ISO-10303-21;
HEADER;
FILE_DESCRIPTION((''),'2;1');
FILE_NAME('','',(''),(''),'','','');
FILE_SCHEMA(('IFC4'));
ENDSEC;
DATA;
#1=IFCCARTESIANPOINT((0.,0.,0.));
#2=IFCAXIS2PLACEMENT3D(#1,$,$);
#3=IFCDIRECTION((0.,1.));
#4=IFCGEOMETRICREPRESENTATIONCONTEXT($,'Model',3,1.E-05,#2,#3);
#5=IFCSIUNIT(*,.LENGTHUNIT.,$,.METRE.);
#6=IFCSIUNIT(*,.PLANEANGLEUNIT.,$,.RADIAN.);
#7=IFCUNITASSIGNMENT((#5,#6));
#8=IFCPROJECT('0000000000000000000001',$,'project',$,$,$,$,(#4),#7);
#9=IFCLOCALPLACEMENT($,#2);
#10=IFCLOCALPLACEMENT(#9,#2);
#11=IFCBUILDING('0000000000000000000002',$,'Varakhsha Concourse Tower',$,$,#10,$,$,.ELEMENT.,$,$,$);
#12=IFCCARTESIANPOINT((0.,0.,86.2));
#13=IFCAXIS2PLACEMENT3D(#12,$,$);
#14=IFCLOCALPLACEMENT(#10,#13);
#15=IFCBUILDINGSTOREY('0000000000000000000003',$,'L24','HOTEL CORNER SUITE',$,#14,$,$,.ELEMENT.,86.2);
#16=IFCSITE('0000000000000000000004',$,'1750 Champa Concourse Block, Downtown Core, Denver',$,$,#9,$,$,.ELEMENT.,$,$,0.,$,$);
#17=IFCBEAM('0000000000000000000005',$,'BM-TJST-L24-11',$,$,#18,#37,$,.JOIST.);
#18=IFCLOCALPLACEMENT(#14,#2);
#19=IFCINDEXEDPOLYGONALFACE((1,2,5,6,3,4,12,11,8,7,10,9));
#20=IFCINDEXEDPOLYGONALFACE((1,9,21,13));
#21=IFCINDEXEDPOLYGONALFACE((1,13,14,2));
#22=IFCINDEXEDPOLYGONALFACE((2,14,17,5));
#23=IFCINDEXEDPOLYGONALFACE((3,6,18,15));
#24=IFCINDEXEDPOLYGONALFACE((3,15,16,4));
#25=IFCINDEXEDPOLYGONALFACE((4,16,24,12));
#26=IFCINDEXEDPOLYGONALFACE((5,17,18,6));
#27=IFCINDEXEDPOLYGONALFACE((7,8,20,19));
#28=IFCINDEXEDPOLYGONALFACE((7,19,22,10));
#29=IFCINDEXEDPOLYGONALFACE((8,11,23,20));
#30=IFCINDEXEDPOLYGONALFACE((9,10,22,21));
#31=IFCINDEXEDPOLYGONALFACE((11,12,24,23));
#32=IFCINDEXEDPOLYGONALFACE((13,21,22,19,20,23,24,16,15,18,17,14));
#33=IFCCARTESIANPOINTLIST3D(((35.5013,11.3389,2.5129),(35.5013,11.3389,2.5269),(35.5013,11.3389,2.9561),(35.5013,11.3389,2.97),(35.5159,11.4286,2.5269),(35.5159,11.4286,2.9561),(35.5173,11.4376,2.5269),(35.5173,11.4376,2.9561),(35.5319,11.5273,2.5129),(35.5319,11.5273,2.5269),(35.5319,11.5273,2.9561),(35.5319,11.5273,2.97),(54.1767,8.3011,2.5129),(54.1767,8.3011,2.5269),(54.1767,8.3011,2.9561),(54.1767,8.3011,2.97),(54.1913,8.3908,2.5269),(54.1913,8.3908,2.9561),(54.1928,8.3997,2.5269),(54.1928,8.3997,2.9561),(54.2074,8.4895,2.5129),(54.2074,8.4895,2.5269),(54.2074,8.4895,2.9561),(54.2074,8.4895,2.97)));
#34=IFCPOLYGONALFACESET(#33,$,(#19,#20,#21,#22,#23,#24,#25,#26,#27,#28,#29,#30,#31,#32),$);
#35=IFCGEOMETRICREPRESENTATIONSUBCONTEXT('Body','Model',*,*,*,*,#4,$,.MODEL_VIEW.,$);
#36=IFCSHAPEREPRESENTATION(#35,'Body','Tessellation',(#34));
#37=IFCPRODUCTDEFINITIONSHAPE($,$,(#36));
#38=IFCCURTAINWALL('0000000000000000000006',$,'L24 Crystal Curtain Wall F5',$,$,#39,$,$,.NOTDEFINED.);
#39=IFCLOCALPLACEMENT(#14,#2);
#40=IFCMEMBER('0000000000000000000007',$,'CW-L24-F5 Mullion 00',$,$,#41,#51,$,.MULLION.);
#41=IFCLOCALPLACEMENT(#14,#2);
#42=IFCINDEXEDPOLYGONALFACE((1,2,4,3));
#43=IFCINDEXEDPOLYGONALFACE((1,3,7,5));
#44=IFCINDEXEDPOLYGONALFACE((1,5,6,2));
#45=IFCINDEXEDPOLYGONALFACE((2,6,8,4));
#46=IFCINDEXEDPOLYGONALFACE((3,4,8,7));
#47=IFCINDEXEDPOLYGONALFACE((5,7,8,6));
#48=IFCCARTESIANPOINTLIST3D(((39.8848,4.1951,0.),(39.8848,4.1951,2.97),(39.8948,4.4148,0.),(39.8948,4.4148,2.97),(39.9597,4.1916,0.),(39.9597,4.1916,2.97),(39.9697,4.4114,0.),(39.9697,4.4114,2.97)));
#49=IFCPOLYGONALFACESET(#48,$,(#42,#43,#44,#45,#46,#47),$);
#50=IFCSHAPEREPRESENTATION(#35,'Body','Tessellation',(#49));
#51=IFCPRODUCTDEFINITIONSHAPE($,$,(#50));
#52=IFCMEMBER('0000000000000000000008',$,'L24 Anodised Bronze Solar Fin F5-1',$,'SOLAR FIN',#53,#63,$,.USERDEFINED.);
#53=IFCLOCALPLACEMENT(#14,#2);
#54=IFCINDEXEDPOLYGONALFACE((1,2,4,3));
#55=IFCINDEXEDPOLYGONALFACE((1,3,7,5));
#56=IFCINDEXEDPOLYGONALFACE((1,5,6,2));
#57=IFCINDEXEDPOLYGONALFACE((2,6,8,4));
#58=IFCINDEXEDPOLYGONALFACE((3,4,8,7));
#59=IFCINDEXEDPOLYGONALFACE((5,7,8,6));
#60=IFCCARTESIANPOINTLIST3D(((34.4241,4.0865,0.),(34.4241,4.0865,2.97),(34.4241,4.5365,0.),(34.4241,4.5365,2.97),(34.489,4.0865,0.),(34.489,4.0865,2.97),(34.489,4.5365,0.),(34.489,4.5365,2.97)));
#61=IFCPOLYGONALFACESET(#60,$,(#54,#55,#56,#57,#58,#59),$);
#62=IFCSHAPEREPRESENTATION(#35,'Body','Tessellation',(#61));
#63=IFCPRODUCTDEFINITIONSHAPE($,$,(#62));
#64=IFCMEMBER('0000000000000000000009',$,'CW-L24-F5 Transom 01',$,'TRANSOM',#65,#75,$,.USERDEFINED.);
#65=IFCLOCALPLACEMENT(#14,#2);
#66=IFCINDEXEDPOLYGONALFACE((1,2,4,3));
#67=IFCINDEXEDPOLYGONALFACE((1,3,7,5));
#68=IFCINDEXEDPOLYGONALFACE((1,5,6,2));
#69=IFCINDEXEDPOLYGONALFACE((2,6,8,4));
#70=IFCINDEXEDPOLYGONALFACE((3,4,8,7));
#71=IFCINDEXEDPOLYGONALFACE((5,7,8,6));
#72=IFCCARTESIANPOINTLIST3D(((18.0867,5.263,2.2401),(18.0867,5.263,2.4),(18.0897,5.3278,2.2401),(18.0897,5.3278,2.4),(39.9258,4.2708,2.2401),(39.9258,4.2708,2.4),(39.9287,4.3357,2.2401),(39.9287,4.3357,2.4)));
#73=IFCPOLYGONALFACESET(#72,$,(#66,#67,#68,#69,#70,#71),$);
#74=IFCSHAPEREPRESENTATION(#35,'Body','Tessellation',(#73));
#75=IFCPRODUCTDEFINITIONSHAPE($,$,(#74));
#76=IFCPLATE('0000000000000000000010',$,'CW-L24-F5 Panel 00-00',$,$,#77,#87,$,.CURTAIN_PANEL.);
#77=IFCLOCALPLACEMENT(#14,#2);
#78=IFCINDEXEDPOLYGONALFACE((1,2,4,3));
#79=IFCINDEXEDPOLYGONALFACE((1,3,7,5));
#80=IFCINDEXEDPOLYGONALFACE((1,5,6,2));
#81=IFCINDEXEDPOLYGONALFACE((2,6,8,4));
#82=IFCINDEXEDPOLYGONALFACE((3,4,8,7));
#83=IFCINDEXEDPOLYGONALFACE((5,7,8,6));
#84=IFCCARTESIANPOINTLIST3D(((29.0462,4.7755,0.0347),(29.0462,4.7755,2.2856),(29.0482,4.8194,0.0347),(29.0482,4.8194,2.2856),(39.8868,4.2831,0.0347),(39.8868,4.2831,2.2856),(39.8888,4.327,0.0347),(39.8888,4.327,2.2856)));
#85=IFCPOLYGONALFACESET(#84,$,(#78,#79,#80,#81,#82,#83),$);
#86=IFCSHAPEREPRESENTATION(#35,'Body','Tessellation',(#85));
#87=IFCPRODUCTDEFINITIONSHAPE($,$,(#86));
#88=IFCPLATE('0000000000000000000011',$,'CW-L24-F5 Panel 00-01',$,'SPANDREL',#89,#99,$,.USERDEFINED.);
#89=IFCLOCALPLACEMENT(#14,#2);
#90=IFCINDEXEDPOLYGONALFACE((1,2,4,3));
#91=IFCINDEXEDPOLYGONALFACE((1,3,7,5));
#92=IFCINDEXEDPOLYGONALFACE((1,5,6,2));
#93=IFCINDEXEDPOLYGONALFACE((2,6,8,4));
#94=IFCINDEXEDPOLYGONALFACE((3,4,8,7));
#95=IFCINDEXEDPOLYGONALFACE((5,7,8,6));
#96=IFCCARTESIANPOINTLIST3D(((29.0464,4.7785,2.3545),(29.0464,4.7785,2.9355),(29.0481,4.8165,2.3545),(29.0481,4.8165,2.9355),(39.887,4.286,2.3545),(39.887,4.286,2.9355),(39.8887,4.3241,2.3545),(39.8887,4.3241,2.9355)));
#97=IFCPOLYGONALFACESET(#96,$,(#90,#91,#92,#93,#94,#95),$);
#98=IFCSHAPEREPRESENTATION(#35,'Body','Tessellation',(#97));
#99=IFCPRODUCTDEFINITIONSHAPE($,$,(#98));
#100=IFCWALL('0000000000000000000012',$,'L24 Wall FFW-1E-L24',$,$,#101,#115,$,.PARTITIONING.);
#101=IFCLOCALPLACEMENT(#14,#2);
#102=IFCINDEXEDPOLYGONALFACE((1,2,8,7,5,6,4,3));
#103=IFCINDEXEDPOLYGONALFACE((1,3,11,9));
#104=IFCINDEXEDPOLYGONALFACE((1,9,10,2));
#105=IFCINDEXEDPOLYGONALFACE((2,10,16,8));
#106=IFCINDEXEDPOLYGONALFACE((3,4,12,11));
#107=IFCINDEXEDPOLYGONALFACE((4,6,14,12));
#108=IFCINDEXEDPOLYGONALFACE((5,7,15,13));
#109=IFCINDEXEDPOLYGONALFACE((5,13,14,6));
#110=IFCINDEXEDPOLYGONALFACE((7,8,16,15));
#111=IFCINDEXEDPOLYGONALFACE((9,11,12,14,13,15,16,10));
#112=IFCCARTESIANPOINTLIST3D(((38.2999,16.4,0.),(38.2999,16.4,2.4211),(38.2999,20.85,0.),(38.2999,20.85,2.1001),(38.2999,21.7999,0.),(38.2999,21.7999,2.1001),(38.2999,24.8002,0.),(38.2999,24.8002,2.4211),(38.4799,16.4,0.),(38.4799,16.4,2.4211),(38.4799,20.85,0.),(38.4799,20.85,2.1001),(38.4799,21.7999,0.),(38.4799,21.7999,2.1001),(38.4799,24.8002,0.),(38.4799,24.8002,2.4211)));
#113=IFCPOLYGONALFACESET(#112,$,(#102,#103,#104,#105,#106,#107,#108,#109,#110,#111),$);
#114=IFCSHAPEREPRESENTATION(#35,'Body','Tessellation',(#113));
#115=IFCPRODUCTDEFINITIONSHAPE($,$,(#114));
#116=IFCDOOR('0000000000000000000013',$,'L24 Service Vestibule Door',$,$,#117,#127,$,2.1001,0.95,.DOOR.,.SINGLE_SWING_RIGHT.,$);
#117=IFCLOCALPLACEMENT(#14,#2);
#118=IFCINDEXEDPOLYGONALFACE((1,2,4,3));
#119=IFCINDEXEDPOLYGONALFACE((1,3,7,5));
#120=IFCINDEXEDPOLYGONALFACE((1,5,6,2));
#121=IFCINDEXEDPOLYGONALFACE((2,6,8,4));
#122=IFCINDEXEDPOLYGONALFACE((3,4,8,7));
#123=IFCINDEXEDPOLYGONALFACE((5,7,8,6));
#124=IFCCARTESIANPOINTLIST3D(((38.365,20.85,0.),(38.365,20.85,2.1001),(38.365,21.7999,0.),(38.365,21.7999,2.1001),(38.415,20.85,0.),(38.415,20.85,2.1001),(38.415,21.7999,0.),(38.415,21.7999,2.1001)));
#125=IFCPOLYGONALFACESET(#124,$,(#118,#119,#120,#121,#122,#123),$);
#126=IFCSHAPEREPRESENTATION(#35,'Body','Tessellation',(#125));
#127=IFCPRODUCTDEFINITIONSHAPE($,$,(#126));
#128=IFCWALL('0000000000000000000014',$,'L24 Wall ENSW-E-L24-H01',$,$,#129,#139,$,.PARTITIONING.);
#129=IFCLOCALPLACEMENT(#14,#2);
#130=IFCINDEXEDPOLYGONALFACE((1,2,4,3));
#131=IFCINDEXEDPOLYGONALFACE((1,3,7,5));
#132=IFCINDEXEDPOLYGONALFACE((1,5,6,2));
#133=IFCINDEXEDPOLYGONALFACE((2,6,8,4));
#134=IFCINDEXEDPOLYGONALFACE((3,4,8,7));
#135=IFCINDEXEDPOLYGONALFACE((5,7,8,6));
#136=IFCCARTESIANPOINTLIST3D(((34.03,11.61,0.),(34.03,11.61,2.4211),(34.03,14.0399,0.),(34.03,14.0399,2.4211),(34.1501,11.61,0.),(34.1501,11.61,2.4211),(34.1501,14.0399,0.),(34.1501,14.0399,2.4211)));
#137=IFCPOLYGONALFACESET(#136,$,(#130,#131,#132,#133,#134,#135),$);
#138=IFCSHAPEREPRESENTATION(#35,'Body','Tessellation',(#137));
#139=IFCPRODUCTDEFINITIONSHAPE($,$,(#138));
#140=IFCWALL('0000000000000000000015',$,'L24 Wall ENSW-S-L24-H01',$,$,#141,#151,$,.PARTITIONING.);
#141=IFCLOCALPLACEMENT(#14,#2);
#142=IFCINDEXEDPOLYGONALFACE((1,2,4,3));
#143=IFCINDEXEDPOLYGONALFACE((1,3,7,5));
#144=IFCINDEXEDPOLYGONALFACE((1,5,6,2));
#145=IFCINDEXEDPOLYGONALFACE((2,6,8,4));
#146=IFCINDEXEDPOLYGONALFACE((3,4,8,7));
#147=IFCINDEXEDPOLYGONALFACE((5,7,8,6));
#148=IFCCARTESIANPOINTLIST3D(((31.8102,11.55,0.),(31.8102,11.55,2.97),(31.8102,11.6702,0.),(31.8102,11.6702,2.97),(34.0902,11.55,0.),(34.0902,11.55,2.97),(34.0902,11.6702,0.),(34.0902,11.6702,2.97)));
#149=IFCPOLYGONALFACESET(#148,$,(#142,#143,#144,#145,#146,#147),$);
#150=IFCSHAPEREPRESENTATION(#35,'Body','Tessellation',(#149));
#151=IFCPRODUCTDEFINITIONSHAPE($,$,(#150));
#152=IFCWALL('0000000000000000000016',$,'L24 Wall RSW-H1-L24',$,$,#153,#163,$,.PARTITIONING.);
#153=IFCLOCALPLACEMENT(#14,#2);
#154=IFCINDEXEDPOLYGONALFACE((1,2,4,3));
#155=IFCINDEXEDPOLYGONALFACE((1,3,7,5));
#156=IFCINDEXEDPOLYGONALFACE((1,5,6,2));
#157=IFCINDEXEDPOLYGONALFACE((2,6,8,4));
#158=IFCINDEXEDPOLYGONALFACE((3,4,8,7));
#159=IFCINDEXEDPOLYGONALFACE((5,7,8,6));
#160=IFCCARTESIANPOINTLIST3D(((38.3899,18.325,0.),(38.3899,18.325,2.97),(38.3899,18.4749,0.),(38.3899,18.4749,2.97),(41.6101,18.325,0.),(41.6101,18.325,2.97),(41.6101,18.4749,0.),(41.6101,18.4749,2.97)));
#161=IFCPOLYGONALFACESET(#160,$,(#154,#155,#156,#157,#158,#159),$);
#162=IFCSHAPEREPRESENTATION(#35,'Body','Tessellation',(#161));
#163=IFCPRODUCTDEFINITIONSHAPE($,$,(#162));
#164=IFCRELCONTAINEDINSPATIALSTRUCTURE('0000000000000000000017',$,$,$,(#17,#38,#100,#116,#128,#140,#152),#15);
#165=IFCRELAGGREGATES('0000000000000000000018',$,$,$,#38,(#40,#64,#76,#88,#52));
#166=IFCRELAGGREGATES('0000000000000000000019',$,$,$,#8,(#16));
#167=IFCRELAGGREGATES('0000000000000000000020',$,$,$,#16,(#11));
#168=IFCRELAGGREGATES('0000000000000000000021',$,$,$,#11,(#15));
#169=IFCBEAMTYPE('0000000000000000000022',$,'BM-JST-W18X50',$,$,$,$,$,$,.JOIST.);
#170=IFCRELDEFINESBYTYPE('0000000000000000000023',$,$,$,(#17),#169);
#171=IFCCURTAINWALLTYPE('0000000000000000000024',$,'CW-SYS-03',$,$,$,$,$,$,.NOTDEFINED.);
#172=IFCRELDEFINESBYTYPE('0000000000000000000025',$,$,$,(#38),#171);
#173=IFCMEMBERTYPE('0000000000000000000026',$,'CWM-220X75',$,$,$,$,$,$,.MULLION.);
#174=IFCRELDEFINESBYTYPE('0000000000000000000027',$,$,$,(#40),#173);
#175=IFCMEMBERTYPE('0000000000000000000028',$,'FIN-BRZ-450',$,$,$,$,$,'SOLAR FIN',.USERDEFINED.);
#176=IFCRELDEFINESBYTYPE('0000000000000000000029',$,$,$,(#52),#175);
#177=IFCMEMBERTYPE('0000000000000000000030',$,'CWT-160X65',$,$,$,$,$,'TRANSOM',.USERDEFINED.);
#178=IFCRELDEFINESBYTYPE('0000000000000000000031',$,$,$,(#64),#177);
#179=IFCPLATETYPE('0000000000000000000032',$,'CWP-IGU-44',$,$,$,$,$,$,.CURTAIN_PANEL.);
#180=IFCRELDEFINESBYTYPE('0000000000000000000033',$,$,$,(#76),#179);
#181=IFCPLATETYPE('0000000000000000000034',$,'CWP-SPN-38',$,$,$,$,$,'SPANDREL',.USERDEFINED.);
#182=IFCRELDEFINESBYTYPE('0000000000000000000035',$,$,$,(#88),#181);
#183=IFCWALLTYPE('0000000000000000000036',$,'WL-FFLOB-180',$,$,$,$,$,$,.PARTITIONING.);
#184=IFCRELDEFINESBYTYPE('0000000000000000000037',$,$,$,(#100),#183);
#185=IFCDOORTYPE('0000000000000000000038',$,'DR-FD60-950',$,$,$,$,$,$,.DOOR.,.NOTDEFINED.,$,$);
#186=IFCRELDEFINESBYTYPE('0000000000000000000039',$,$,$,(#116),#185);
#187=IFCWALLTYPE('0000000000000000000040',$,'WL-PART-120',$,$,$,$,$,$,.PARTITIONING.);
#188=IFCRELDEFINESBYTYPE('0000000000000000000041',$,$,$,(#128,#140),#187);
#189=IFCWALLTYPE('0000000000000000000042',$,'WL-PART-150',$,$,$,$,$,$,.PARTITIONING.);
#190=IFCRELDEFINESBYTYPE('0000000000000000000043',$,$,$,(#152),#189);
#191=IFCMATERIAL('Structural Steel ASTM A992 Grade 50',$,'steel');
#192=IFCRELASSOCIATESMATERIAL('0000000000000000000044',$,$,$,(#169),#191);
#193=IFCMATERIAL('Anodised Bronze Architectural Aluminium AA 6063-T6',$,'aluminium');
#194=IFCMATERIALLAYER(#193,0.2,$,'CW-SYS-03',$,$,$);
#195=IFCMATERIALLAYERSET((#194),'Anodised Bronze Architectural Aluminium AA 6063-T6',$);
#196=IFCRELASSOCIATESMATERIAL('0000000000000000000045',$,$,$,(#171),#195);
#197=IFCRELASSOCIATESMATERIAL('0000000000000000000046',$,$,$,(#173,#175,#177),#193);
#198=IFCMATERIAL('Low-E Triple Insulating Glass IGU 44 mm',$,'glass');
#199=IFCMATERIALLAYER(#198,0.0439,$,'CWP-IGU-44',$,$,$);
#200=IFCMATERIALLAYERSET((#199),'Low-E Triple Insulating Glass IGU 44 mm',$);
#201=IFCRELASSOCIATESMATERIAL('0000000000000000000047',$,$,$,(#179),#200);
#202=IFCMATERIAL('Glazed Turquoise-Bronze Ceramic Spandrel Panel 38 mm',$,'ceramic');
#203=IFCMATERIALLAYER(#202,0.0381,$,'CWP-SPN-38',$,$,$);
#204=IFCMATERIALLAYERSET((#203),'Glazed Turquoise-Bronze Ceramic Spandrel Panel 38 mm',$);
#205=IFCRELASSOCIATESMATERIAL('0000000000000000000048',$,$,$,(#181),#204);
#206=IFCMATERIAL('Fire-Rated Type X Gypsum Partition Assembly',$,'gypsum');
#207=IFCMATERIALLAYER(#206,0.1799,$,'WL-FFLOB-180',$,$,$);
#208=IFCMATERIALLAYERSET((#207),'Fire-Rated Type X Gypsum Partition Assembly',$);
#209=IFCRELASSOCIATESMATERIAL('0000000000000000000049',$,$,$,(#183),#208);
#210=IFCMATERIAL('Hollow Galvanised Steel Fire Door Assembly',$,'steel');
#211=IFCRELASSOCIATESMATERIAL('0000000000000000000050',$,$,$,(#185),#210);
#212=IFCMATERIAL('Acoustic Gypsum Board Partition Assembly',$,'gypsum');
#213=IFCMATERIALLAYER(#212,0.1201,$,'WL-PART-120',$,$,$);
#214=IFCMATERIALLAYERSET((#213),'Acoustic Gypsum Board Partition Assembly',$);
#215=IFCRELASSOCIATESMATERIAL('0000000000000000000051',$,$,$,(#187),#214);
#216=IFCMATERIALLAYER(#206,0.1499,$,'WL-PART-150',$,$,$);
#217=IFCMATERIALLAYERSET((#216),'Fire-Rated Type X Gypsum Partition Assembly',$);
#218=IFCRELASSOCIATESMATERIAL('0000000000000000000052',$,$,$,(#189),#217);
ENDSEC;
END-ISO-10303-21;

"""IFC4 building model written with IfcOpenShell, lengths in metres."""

from ifc_helpers import new_model, si_unit, direction, frame, frame_2d, origin, origin_2d, place, context, subcontext, project, spatial, rectangle, i_section, extrude, source, transform, mapped, material, layer, layer_set, material_profile, profile_set, type_object, type_shapes, element, fill, aggregate, save


model = new_model("IFC4")

# Units and contexts
model_context = context("Model", 3, precision=1e-05, world=origin(), true_north=direction((0.0, 1.0)))
body_context = subcontext(model_context, "Body", "Model", "MODEL_VIEW")
ifc_project = project(units=[si_unit("LENGTHUNIT", "METRE"), si_unit("PLANEANGLEUNIT", "RADIAN")], contexts=[model_context])

# Site, building, storey
site_placement = place(None, origin())
site = spatial("IfcSite", under=ifc_project, at=site_placement, Name="1750 Champa Concourse Block, Downtown Core, Denver", CompositionType="ELEMENT", RefElevation=0.0)
building_placement = place(site_placement, origin())
building = spatial("IfcBuilding", under=site, at=building_placement, Name="Varakhsha Concourse Tower", CompositionType="ELEMENT")
storey_placement = place(building_placement, frame((0.0, 0.0, 86.2)))
storey = spatial("IfcBuildingStorey", under=building, at=storey_placement, Name="L24", Description="HOTEL CORNER SUITE", CompositionType="ELEMENT", Elevation=86.2)

# Beam
ifc_material_1 = material(Name="Structural Steel ASTM A992 Grade 50", Category="steel")
ifc_material_profile_1 = material_profile(ifc_material_1, i_section(OverallWidth=0.1909, OverallDepth=0.457, WebThickness=0.009, FlangeThickness=0.0139, at=origin_2d()), Name="W18X50")
ifc_profile_set_1 = profile_set([ifc_material_profile_1], Name="Structural Steel ASTM A992 Grade 50")
beam_type = type_object("IfcBeamType", Name="BM-JST-W18X50", PredefinedType="JOIST", material=ifc_profile_set_1)
beam_placement = place(storey_placement, frame((35.5166, 11.4331, 2.7415), z_axis=(0.987027, -0.160554, 0.0), x_axis=(0.160554, 0.987027, 0.0)))
element("IfcBeam", 1, at=beam_placement, inside=storey, type_object=beam_type, Name="BM-TJST-L24-11", PredefinedType="JOIST", context=body_context, shape_type="SweptSolid", body=[
    extrude(i_section(OverallWidth=0.1909, OverallDepth=0.457, WebThickness=0.009, FlangeThickness=0.0139, at=origin_2d()), origin(), (0.0, 0.0, 1.0), 18.9209),
])

# Curtain wall, members, plates
ifc_material_2 = material(Name="Anodised Bronze Architectural Aluminium AA 6063-T6", Category="aluminium")
ifc_layer_1 = layer(ifc_material_2, 0.2, Name="CW-SYS-03")
ifc_layer_set_1 = layer_set([ifc_layer_1], Name="Anodised Bronze Architectural Aluminium AA 6063-T6")
curtain_wall_type = type_object("IfcCurtainWallType", Name="CW-SYS-03", PredefinedType="NOTDEFINED", material=ifc_layer_set_1)
curtain_wall_placement = place(storey_placement, origin())
curtain_wall = element("IfcCurtainWall", 2, at=curtain_wall_placement, inside=storey, type_object=curtain_wall_type, Name="L24 Crystal Curtain Wall F5", PredefinedType="NOTDEFINED")
ifc_material_profile_2 = material_profile(ifc_material_2, rectangle(XDim=0.075, YDim=0.22, at=origin_2d()), Name="CWM-220X75")
ifc_profile_set_2 = profile_set([ifc_material_profile_2], Name="Anodised Bronze Architectural Aluminium AA 6063-T6")
member_type_1 = type_object("IfcMemberType", Name="CWM-220X75", PredefinedType="MULLION", material=ifc_profile_set_2)
shared_shape_1 = source(origin(), body_context, "Body", "SweptSolid", [
    extrude(rectangle(XDim=0.075, YDim=0.22, at=origin_2d()), origin(), (0.0, 0.0, 1.0), 2.97),
])
type_shapes(member_type_1, [shared_shape_1])
member_1_placement = place(storey_placement, frame((39.9272, 4.3032, 0.0), z_axis=(0.0, 0.0, 1.0), x_axis=(-0.99897, 0.04538, 0.0)))
member_1 = element("IfcMember", 3, at=member_1_placement, type_object=member_type_1, Name="CW-L24-F5 Mullion 00", PredefinedType="MULLION", context=body_context, shape_type="MappedRepresentation", body=[
    mapped(shared_shape_1, transform((0.0, 0.0, 0.0), scale=1.0)),
])
ifc_material_profile_3 = material_profile(ifc_material_2, rectangle(XDim=0.0649, YDim=0.45, at=origin_2d()), Name="FIN-BRZ-450")
ifc_profile_set_3 = profile_set([ifc_material_profile_3], Name="Anodised Bronze Architectural Aluminium AA 6063-T6")
member_type_2 = type_object("IfcMemberType", Name="FIN-BRZ-450", ElementType="SOLAR FIN", PredefinedType="USERDEFINED", material=ifc_profile_set_3)
shared_shape_2 = source(origin(), body_context, "Body", "SweptSolid", [
    extrude(rectangle(XDim=0.0649, YDim=0.45, at=origin_2d()), origin(), (0.0, 0.0, 1.0), 2.97),
])
type_shapes(member_type_2, [shared_shape_2])
member_2_placement = place(storey_placement, frame((34.4565, 4.3115, 0.0), z_axis=(0.0, 0.0, 1.0), x_axis=(1.0, 0.0, 0.0)))
member_2 = element("IfcMember", 4, at=member_2_placement, type_object=member_type_2, Name="L24 Anodised Bronze Solar Fin F5-1", ObjectType="SOLAR FIN", PredefinedType="USERDEFINED", context=body_context, shape_type="MappedRepresentation", body=[
    mapped(shared_shape_2, transform((0.0, 0.0, 0.0), scale=1.0)),
])
ifc_material_profile_4 = material_profile(ifc_material_2, rectangle(XDim=0.0649, YDim=0.1599, at=origin_2d()), Name="CWT-160X65")
ifc_profile_set_4 = profile_set([ifc_material_profile_4], Name="Anodised Bronze Architectural Aluminium AA 6063-T6")
member_type_3 = type_object("IfcMemberType", Name="CWT-160X65", ElementType="TRANSOM", PredefinedType="USERDEFINED", material=ifc_profile_set_4)
shared_shape_3 = source(origin(), body_context, "Body", "SweptSolid", [
    extrude(rectangle(XDim=0.0649, YDim=0.1599, at=origin_2d()), origin(), (0.0, 0.0, 1.0), 21.8616),
])
type_shapes(member_type_3, [shared_shape_3])
member_3_placement = place(storey_placement, frame((39.9272, 4.3032, 2.3201), z_axis=(-0.99897, 0.045385, 0.0), x_axis=(-0.045385, -0.99897, 0.0)))
member_3 = element("IfcMember", 5, at=member_3_placement, type_object=member_type_3, Name="CW-L24-F5 Transom 01", ObjectType="TRANSOM", PredefinedType="USERDEFINED", context=body_context, shape_type="MappedRepresentation", body=[
    mapped(shared_shape_3, transform((0.0, 0.0, 0.0), scale=1.0)),
])
ifc_material_3 = material(Name="Low-E Triple Insulating Glass IGU 44 mm", Category="glass")
ifc_layer_2 = layer(ifc_material_3, 0.0439, Name="CWP-IGU-44")
ifc_layer_set_2 = layer_set([ifc_layer_2], Name="Low-E Triple Insulating Glass IGU 44 mm")
plate_type_1 = type_object("IfcPlateType", Name="CWP-IGU-44", PredefinedType="CURTAIN_PANEL", material=ifc_layer_set_2)
shared_shape_4 = source(origin(), body_context, "Body", "SweptSolid", [
    extrude(rectangle(XDim=10.8518, YDim=0.0439, at=origin_2d()), origin(), (0.0, 0.0, 1.0), 2.251),
])
type_shapes(plate_type_1, [shared_shape_4])
plate_1_placement = place(storey_placement, frame((34.4675, 4.5513, 0.0347), z_axis=(0.0, 0.0, 1.0), x_axis=(-0.99897, 0.04538, 0.0)))
plate_1 = element("IfcPlate", 6, at=plate_1_placement, type_object=plate_type_1, Name="CW-L24-F5 Panel 00-00", PredefinedType="CURTAIN_PANEL", context=body_context, shape_type="MappedRepresentation", body=[
    mapped(shared_shape_4, transform((0.0, 0.0, 0.0), scale=1.0)),
])
ifc_material_4 = material(Name="Glazed Turquoise-Bronze Ceramic Spandrel Panel 38 mm", Category="ceramic")
ifc_layer_3 = layer(ifc_material_4, 0.0381, Name="CWP-SPN-38")
ifc_layer_set_3 = layer_set([ifc_layer_3], Name="Glazed Turquoise-Bronze Ceramic Spandrel Panel 38 mm")
plate_type_2 = type_object("IfcPlateType", Name="CWP-SPN-38", ElementType="SPANDREL", PredefinedType="USERDEFINED", material=ifc_layer_set_3)
shared_shape_5 = source(origin(), body_context, "Body", "SweptSolid", [
    extrude(rectangle(XDim=10.8518, YDim=0.0381, at=origin_2d()), origin(), (0.0, 0.0, 1.0), 0.5811),
])
type_shapes(plate_type_2, [shared_shape_5])
plate_2_placement = place(storey_placement, frame((34.4675, 4.5513, 2.3545), z_axis=(0.0, 0.0, 1.0), x_axis=(-0.99897, 0.04538, 0.0)))
plate_2 = element("IfcPlate", 7, at=plate_2_placement, type_object=plate_type_2, Name="CW-L24-F5 Panel 00-01", ObjectType="SPANDREL", PredefinedType="USERDEFINED", context=body_context, shape_type="MappedRepresentation", body=[
    mapped(shared_shape_5, transform((0.0, 0.0, 0.0), scale=1.0)),
])
aggregate(curtain_wall, [member_1, member_3, plate_1, plate_2, member_2])

# Wall, opening, door
ifc_material_5 = material(Name="Fire-Rated Type X Gypsum Partition Assembly", Category="gypsum")
ifc_layer_4 = layer(ifc_material_5, 0.1799, Name="WL-FFLOB-180")
ifc_layer_set_4 = layer_set([ifc_layer_4], Name="Fire-Rated Type X Gypsum Partition Assembly")
wall_type_1 = type_object("IfcWallType", Name="WL-FFLOB-180", PredefinedType="PARTITIONING", material=ifc_layer_set_4)
wall_1_placement = place(storey_placement, frame((38.3899, 16.3999, 0.0), z_axis=(0.0, 0.0, 1.0), x_axis=(0.0, 1.0, 0.0)))
wall_1 = element("IfcWall", 8, at=wall_1_placement, inside=storey, type_object=wall_type_1, Name="L24 Wall FFW-1E-L24", PredefinedType="PARTITIONING", context=body_context, shape_type="SweptSolid", body=[
    extrude(rectangle(XDim=8.4001, YDim=0.1799, at=frame_2d((4.2002, 0.0))), origin(), (0.0, 0.0, 1.0), 2.4211),
])
opening_1_placement = place(wall_1_placement, frame((4.45, 0.0, 0.0)))
opening_1 = element("IfcOpeningElement", 9, at=opening_1_placement, cuts=wall_1, PredefinedType="OPENING", context=body_context, shape_type="SweptSolid", body=[
    extrude(rectangle(XDim=0.95, YDim=2.1001, at=frame_2d((0.4751, 1.05))), frame((0.0, 0.0999, 0.0), z_axis=(0.0, -1.0, 0.0), x_axis=(1.0, 0.0, 0.0)), (0.0, 0.0, 1.0), 0.2),
])
ifc_material_6 = material(Name="Hollow Galvanised Steel Fire Door Assembly", Category="steel")
door_type_1 = type_object("IfcDoorType", Name="DR-FD60-950", OperationType="NOTDEFINED", PredefinedType="DOOR", material=ifc_material_6)
door_1_placement = place(opening_1_placement, origin())
door_1 = element("IfcDoor", 10, at=door_1_placement, inside=storey, type_object=door_type_1, Name="L24 Service Vestibule Door", OperationType="SINGLE_SWING_RIGHT", OverallHeight=2.1001, OverallWidth=0.95, PredefinedType="DOOR", context=body_context, shape_type="SweptSolid", body=[
    extrude(rectangle(XDim=0.95, YDim=2.1001, at=frame_2d((0.4751, 1.05))), frame((0.0, 0.0249, 0.0), z_axis=(0.0, -1.0, 0.0), x_axis=(1.0, 0.0, 0.0)), (0.0, 0.0, 1.0), 0.05),
])
fill(opening_1, door_1)

# Walls
ifc_material_7 = material(Name="Acoustic Gypsum Board Partition Assembly", Category="gypsum")
ifc_layer_5 = layer(ifc_material_7, 0.1201, Name="WL-PART-120")
ifc_layer_set_5 = layer_set([ifc_layer_5], Name="Acoustic Gypsum Board Partition Assembly")
wall_type_2 = type_object("IfcWallType", Name="WL-PART-120", PredefinedType="PARTITIONING", material=ifc_layer_set_5)
wall_2_placement = place(storey_placement, frame((34.0901, 11.6101, 0.0), z_axis=(0.0, 0.0, 1.0), x_axis=(0.0, 1.0, 0.0)))
element("IfcWall", 11, at=wall_2_placement, inside=storey, type_object=wall_type_2, Name="L24 Wall ENSW-E-L24-H01", PredefinedType="PARTITIONING", context=body_context, shape_type="SweptSolid", body=[
    extrude(rectangle(XDim=2.4299, YDim=0.1201, at=frame_2d((1.2148, 0.0))), origin(), (0.0, 0.0, 1.0), 2.4211),
])
wall_3_placement = place(storey_placement, frame((31.8101, 11.6101, 0.0), z_axis=(0.0, 0.0, 1.0), x_axis=(1.0, 0.0, 0.0)))
element("IfcWall", 12, at=wall_3_placement, inside=storey, type_object=wall_type_2, Name="L24 Wall ENSW-S-L24-H01", PredefinedType="PARTITIONING", context=body_context, shape_type="SweptSolid", body=[
    extrude(rectangle(XDim=2.28, YDim=0.1201, at=frame_2d((1.1401, 0.0))), origin(), (0.0, 0.0, 1.0), 2.97),
])
ifc_layer_6 = layer(ifc_material_5, 0.1499, Name="WL-PART-150")
ifc_layer_set_6 = layer_set([ifc_layer_6], Name="Fire-Rated Type X Gypsum Partition Assembly")
wall_type_3 = type_object("IfcWallType", Name="WL-PART-150", PredefinedType="PARTITIONING", material=ifc_layer_set_6)
wall_4_placement = place(storey_placement, frame((38.3899, 18.3999, 0.0), z_axis=(0.0, 0.0, 1.0), x_axis=(1.0, 0.0, 0.0)))
element("IfcWall", 13, at=wall_4_placement, inside=storey, type_object=wall_type_3, Name="L24 Wall RSW-H1-L24", PredefinedType="PARTITIONING", context=body_context, shape_type="SweptSolid", body=[
    extrude(rectangle(XDim=3.2202, YDim=0.1499, at=frame_2d((1.6101, 0.0))), origin(), (0.0, 0.0, 1.0), 2.97),
])

save(model, "model.ifc")
